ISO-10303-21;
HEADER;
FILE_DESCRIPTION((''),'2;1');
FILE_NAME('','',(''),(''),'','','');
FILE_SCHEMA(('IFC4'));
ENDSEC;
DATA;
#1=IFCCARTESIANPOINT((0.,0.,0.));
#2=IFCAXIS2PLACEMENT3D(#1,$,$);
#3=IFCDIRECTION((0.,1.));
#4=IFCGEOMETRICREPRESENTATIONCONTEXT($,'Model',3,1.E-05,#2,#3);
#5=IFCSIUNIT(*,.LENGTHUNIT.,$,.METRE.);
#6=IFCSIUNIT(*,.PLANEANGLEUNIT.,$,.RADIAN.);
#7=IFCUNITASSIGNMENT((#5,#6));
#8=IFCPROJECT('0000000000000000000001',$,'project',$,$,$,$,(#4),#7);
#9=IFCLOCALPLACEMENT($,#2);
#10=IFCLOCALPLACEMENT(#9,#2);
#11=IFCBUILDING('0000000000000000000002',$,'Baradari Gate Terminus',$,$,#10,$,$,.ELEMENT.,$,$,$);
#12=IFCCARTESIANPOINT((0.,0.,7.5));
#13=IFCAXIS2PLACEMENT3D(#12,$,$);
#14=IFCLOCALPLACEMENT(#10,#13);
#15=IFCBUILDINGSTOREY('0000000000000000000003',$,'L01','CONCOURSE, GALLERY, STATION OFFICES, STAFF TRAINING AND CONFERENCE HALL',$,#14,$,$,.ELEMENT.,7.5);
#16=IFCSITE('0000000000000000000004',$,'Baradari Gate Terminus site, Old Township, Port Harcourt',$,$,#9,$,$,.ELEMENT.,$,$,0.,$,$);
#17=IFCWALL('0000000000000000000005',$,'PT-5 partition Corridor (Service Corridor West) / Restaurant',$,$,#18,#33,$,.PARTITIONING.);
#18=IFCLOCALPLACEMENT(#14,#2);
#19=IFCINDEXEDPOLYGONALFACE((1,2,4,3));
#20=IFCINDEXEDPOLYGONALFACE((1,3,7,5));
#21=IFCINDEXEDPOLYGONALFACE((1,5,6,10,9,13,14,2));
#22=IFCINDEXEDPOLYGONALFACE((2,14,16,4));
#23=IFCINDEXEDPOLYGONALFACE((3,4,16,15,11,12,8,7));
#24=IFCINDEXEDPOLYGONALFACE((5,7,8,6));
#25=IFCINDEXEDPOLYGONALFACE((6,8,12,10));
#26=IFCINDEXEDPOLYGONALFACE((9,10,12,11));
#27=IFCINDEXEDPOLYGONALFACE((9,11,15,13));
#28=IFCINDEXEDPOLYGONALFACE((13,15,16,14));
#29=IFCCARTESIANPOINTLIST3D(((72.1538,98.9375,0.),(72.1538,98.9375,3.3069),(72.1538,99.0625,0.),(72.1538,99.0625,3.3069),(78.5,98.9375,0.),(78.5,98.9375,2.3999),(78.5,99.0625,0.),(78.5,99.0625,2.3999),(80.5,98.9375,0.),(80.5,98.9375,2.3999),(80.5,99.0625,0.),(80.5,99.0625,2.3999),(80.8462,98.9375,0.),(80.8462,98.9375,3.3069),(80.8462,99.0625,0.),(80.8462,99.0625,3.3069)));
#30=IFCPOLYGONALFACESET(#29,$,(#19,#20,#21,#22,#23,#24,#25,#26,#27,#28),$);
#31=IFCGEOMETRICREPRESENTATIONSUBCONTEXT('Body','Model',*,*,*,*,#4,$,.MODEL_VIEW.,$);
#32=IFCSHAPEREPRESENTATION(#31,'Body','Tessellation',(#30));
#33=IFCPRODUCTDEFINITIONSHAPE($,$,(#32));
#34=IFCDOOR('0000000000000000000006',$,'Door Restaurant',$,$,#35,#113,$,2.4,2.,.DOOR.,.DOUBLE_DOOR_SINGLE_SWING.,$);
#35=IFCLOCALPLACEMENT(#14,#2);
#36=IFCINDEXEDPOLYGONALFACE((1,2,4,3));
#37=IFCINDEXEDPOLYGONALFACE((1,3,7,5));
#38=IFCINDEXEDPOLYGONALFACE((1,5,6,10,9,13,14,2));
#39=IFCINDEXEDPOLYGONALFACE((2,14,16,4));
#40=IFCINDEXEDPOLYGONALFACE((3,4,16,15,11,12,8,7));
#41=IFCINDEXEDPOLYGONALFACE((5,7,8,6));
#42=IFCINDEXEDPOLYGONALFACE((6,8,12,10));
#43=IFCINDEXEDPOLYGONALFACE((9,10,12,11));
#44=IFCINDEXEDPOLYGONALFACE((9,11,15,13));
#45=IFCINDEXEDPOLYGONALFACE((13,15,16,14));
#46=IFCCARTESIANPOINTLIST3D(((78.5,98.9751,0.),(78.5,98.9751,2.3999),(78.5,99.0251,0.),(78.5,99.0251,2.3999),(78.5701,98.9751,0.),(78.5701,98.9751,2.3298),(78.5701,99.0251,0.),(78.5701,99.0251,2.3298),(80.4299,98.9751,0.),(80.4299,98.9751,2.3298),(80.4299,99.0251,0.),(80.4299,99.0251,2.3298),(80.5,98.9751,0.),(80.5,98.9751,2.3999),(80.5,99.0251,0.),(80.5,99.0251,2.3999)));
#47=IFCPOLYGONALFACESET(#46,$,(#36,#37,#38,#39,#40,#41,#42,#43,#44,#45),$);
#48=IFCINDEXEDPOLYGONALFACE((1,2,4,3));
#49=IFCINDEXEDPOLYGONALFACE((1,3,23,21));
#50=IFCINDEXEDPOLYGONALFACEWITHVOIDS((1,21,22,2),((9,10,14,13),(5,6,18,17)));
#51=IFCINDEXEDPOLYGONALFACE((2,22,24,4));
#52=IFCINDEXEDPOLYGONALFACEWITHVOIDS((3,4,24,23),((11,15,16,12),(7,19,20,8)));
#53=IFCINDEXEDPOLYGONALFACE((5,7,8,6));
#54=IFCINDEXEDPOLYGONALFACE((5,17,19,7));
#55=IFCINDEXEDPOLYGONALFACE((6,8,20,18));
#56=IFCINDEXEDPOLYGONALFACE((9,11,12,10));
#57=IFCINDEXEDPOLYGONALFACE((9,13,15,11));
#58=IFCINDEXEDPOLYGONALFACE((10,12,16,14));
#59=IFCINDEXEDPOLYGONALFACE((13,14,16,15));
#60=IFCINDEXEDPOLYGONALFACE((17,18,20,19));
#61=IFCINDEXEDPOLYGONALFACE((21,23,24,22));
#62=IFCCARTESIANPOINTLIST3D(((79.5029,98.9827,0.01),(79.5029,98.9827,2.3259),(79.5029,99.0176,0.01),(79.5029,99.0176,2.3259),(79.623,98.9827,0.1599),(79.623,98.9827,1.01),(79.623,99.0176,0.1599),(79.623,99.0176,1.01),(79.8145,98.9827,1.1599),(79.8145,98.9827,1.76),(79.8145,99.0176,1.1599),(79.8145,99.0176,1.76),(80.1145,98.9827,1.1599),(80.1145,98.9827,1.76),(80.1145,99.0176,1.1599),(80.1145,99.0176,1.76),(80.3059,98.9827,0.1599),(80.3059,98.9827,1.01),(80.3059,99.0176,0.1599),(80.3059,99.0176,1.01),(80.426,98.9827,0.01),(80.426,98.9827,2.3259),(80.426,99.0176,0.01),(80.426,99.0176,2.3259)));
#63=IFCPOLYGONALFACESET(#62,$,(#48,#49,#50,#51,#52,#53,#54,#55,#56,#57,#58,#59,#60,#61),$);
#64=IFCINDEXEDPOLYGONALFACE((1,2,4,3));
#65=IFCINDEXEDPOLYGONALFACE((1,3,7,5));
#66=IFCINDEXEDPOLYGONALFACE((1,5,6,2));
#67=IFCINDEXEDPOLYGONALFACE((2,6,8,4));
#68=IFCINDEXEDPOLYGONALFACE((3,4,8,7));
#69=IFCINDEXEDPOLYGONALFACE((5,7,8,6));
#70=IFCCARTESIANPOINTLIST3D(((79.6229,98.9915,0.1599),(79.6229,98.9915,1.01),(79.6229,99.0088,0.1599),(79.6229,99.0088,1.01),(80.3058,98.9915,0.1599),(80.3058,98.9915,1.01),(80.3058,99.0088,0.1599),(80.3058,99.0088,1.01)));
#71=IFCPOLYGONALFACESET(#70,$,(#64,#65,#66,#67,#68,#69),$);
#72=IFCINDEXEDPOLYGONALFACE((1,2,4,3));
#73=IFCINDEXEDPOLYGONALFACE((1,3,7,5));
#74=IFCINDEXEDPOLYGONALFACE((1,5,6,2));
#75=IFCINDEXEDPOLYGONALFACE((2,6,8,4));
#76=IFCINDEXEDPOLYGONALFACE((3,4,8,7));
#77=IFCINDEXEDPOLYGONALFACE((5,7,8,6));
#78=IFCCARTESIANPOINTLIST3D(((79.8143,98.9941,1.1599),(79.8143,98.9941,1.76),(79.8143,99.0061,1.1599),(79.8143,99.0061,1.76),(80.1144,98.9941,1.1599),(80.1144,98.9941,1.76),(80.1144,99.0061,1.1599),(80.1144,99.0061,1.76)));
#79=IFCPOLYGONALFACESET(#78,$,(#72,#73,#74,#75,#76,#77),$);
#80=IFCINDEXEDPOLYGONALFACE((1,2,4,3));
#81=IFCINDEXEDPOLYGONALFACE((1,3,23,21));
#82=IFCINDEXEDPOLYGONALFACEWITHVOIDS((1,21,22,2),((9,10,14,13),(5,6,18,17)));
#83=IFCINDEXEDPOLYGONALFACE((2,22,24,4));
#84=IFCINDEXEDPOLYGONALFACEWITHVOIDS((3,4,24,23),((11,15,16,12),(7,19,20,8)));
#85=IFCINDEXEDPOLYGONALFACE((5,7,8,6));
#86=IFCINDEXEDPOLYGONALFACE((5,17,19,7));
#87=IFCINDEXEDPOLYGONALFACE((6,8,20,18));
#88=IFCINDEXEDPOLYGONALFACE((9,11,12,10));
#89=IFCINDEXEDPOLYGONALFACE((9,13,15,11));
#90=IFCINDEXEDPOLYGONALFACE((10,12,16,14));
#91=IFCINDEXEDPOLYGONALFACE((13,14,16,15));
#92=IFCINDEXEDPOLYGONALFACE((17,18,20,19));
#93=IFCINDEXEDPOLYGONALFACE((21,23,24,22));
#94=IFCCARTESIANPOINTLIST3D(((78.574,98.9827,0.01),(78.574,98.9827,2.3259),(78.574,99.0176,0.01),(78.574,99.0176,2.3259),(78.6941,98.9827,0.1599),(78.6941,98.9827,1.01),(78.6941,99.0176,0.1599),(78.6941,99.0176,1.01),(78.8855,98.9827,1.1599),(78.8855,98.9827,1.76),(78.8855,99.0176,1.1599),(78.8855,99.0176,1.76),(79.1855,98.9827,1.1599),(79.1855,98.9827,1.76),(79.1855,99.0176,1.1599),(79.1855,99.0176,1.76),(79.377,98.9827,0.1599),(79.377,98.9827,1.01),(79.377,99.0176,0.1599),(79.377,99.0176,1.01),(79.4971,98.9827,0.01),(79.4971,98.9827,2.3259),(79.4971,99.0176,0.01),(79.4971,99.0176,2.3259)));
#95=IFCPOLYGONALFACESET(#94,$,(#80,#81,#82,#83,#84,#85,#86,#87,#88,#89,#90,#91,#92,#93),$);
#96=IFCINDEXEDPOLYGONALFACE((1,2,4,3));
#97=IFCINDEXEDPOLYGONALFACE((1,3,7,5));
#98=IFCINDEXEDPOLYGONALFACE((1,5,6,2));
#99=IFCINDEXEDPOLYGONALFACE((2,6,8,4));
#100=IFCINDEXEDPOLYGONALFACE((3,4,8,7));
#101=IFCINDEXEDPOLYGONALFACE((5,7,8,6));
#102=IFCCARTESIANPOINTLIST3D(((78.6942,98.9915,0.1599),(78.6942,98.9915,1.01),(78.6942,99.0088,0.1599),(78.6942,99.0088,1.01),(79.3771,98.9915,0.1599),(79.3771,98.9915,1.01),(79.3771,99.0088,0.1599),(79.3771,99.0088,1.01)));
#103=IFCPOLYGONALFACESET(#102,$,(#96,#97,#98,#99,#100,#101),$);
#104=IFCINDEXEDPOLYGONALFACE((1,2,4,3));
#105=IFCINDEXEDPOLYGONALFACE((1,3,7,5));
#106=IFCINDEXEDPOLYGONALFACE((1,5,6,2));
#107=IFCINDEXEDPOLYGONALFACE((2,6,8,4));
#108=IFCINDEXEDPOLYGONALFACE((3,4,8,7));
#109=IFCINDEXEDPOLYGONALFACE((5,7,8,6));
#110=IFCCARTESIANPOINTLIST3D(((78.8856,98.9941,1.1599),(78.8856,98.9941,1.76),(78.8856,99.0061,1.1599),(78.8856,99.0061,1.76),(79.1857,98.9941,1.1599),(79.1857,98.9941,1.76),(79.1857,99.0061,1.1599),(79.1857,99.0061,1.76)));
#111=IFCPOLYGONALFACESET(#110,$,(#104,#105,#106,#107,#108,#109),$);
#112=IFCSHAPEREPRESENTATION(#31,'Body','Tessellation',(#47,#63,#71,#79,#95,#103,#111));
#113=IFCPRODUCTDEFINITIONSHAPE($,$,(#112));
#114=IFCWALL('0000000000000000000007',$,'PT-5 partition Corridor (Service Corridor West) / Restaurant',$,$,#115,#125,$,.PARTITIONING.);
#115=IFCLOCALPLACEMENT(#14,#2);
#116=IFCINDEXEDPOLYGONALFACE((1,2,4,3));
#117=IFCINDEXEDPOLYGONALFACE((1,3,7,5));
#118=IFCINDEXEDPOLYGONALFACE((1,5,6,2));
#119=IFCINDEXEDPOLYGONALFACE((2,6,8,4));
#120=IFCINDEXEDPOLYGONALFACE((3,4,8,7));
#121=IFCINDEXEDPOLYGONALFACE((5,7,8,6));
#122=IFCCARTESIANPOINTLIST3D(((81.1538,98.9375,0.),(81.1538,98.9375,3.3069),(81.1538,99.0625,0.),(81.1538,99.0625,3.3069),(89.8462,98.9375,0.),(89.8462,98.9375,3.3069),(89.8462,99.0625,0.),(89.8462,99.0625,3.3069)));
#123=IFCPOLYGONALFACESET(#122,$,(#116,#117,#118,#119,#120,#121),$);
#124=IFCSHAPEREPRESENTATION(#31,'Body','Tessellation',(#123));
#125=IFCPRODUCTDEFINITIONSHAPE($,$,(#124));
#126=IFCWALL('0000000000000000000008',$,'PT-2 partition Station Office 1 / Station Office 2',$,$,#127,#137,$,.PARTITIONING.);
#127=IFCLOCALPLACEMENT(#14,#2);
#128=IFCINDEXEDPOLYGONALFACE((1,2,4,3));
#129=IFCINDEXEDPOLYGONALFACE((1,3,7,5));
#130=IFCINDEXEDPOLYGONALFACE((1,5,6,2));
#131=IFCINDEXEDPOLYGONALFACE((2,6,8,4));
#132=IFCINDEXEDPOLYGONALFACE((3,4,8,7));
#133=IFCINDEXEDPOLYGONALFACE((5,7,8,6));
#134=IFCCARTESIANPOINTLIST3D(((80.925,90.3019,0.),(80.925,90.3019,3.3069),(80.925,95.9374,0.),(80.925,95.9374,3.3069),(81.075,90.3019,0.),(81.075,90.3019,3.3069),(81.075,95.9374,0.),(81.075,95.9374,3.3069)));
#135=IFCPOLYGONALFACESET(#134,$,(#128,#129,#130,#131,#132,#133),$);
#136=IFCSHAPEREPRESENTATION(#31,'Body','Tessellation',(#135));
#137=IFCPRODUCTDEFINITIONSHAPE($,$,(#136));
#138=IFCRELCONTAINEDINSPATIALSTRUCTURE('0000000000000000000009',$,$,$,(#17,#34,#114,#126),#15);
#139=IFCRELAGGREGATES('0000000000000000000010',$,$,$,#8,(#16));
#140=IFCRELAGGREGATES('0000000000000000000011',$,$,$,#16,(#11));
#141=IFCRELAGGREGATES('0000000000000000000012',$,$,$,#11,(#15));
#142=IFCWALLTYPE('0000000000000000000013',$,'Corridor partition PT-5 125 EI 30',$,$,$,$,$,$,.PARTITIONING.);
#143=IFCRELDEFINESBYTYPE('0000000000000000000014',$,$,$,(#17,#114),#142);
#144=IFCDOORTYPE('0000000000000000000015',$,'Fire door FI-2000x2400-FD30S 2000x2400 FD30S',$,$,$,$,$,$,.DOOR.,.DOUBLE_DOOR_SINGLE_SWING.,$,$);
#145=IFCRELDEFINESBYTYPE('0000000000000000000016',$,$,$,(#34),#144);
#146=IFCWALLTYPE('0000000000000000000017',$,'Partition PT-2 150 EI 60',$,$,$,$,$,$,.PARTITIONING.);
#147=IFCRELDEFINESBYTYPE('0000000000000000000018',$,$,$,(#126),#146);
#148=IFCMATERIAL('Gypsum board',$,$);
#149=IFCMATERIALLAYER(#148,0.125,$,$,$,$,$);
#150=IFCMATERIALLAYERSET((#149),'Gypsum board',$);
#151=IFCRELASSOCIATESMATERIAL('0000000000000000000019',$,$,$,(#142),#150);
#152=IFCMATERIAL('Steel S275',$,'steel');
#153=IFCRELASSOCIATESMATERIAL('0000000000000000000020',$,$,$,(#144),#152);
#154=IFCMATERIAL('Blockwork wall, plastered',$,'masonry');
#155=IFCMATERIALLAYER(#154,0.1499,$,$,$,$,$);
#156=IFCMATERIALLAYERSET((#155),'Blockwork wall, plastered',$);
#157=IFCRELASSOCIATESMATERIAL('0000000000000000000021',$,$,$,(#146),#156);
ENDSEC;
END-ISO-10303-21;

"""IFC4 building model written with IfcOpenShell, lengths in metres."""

from ifc_helpers import new_model, si_unit, direction, frame, frame_2d, origin, place, context, subcontext, project, spatial, polyline, rectangle, outline, extrude, material, layer, layer_set, type_object, element, fill, save


model = new_model("IFC4")

# Units and contexts
model_context = context("Model", 3, precision=1e-05, world=origin(), true_north=direction((0.0, 1.0)))
body_context = subcontext(model_context, "Body", "Model", "MODEL_VIEW")
ifc_project = project(units=[si_unit("LENGTHUNIT", "METRE"), si_unit("PLANEANGLEUNIT", "RADIAN")], contexts=[model_context])

# Site, building, storey
site_placement = place(None, origin())
site = spatial("IfcSite", under=ifc_project, at=site_placement, Name="Baradari Gate Terminus site, Old Township, Port Harcourt", CompositionType="ELEMENT", RefElevation=0.0)
building_placement = place(site_placement, origin())
building = spatial("IfcBuilding", under=site, at=building_placement, Name="Baradari Gate Terminus", CompositionType="ELEMENT")
storey_placement = place(building_placement, frame((0.0, 0.0, 7.5)))
storey = spatial("IfcBuildingStorey", under=building, at=storey_placement, Name="L01", Description="CONCOURSE, GALLERY, STATION OFFICES, STAFF TRAINING AND CONFERENCE HALL", CompositionType="ELEMENT", Elevation=7.5)

# Wall, opening, door
ifc_material_1 = material(Name="Gypsum board")
ifc_layer_1 = layer(ifc_material_1, 0.125)
ifc_layer_set_1 = layer_set([ifc_layer_1], Name="Gypsum board")
wall_type_1 = type_object("IfcWallType", Name="Corridor partition PT-5 125 EI 30", PredefinedType="PARTITIONING", material=ifc_layer_set_1)
wall_1_placement = place(storey_placement, frame((72.1538, 99.0, 0.0), z_axis=(0.0, 0.0, 1.0), x_axis=(1.0, 0.0, 0.0)))
wall_1 = element("IfcWall", 1, at=wall_1_placement, inside=storey, type_object=wall_type_1, Name="PT-5 partition Corridor (Service Corridor West) / Restaurant", PredefinedType="PARTITIONING", context=body_context, shape_type="SweptSolid", body=[
    extrude(rectangle(XDim=8.6924, YDim=0.125, at=frame_2d((4.3462, 0.0))), origin(), (0.0, 0.0, 1.0), 3.3069),
])
opening_1_placement = place(wall_1_placement, frame((6.3462, 0.0, 0.0)))
opening_1 = element("IfcOpeningElement", 2, at=opening_1_placement, cuts=wall_1, PredefinedType="OPENING", context=body_context, shape_type="SweptSolid", body=[
    extrude(rectangle(XDim=2.0, YDim=2.3999, at=frame_2d((1.0, 1.2))), frame((0.0, 0.0725, 0.0), z_axis=(0.0, -1.0, 0.0), x_axis=(1.0, 0.0, 0.0)), (0.0, 0.0, 1.0), 0.145),
])
ifc_material_2 = material(Name="Steel S275", Category="steel")
door_type_1 = type_object("IfcDoorType", Name="Fire door FI-2000x2400-FD30S 2000x2400 FD30S", OperationType="DOUBLE_DOOR_SINGLE_SWING", PredefinedType="DOOR", material=ifc_material_2)
door_1_placement = place(opening_1_placement, frame((2.0, 0.0, 0.0), z_axis=(0.0, 0.0, 1.0), x_axis=(-1.0, 0.0, 0.0)))
door_1 = element("IfcDoor", 3, at=door_1_placement, inside=storey, type_object=door_type_1, Name="Door Restaurant", OperationType="DOUBLE_DOOR_SINGLE_SWING", OverallHeight=2.4, OverallWidth=2.0, PredefinedType="DOOR", context=body_context, shape_type="SweptSolid", body=[
    extrude(outline(polyline([(0.0, 0.0), (0.0701, 0.0), (0.0701, 2.3298), (1.9299, 2.3298), (1.9299, 0.0), (2.0, 0.0), (2.0, 2.3999), (0.0, 2.3999), (0.0, 0.0)])), frame((0.0, 0.0249, 0.0), z_axis=(0.0, -1.0, 0.0), x_axis=(1.0, 0.0, 0.0)), (0.0, 0.0, 1.0), 0.05),
    extrude(outline(polyline([(0.074, 0.01), (0.9971, 0.01), (0.9971, 2.3259), (0.074, 2.3259), (0.074, 0.01)]), holes=[polyline([(0.1941, 0.1599), (0.877, 0.1599), (0.877, 1.01), (0.1941, 1.01), (0.1941, 0.1599)]), polyline([(0.3855, 1.1599), (0.6855, 1.1599), (0.6855, 1.76), (0.3855, 1.76), (0.3855, 1.1599)])]), frame((0.0, 0.0173, 0.0), z_axis=(0.0, -1.0, 0.0), x_axis=(1.0, 0.0, 0.0)), (0.0, 0.0, 1.0), 0.0349),
    extrude(rectangle(XDim=0.6829, YDim=0.8501, at=frame_2d((0.5356, 0.585))), frame((0.0, 0.0085, 0.0), z_axis=(0.0, -1.0, 0.0), x_axis=(1.0, 0.0, 0.0)), (0.0, 0.0, 1.0), 0.0173),
    extrude(rectangle(XDim=0.3, YDim=0.6001, at=frame_2d((0.5356, 1.46))), frame((0.0, 0.0059, 0.0), z_axis=(0.0, -1.0, 0.0), x_axis=(1.0, 0.0, 0.0)), (0.0, 0.0, 1.0), 0.012),
    extrude(outline(polyline([(1.0029, 0.01), (1.926, 0.01), (1.926, 2.3259), (1.0029, 2.3259), (1.0029, 0.01)]), holes=[polyline([(1.123, 0.1599), (1.8059, 0.1599), (1.8059, 1.01), (1.123, 1.01), (1.123, 0.1599)]), polyline([(1.3145, 1.1599), (1.6145, 1.1599), (1.6145, 1.76), (1.3145, 1.76), (1.3145, 1.1599)])]), frame((0.0, 0.0173, 0.0), z_axis=(0.0, -1.0, 0.0), x_axis=(1.0, 0.0, 0.0)), (0.0, 0.0, 1.0), 0.0349),
    extrude(rectangle(XDim=0.6829, YDim=0.8501, at=frame_2d((1.4644, 0.585))), frame((0.0, 0.0085, 0.0), z_axis=(0.0, -1.0, 0.0), x_axis=(1.0, 0.0, 0.0)), (0.0, 0.0, 1.0), 0.0173),
    extrude(rectangle(XDim=0.3, YDim=0.6001, at=frame_2d((1.4644, 1.46))), frame((0.0, 0.0059, 0.0), z_axis=(0.0, -1.0, 0.0), x_axis=(1.0, 0.0, 0.0)), (0.0, 0.0, 1.0), 0.012),
])
fill(opening_1, door_1)

# Walls
wall_2_placement = place(storey_placement, frame((81.1538, 99.0, 0.0), z_axis=(0.0, 0.0, 1.0), x_axis=(1.0, 0.0, 0.0)))
element("IfcWall", 4, at=wall_2_placement, inside=storey, type_object=wall_type_1, Name="PT-5 partition Corridor (Service Corridor West) / Restaurant", PredefinedType="PARTITIONING", context=body_context, shape_type="SweptSolid", body=[
    extrude(rectangle(XDim=8.6924, YDim=0.125, at=frame_2d((4.3462, 0.0))), origin(), (0.0, 0.0, 1.0), 3.3069),
])
ifc_material_3 = material(Name="Blockwork wall, plastered", Category="masonry")
ifc_layer_2 = layer(ifc_material_3, 0.1499)
ifc_layer_set_2 = layer_set([ifc_layer_2], Name="Blockwork wall, plastered")
wall_type_2 = type_object("IfcWallType", Name="Partition PT-2 150 EI 60", PredefinedType="PARTITIONING", material=ifc_layer_set_2)
wall_3_placement = place(storey_placement, frame((81.0, 95.9375, 0.0), z_axis=(0.0, 0.0, 1.0), x_axis=(0.0, -1.0, 0.0)))
element("IfcWall", 5, at=wall_3_placement, inside=storey, type_object=wall_type_2, Name="PT-2 partition Station Office 1 / Station Office 2", PredefinedType="PARTITIONING", context=body_context, shape_type="SweptSolid", body=[
    extrude(rectangle(XDim=5.6355, YDim=0.1499, at=frame_2d((2.8179, 0.0))), origin(), (0.0, 0.0, 1.0), 3.3069),
])

save(model, "model.ifc")
